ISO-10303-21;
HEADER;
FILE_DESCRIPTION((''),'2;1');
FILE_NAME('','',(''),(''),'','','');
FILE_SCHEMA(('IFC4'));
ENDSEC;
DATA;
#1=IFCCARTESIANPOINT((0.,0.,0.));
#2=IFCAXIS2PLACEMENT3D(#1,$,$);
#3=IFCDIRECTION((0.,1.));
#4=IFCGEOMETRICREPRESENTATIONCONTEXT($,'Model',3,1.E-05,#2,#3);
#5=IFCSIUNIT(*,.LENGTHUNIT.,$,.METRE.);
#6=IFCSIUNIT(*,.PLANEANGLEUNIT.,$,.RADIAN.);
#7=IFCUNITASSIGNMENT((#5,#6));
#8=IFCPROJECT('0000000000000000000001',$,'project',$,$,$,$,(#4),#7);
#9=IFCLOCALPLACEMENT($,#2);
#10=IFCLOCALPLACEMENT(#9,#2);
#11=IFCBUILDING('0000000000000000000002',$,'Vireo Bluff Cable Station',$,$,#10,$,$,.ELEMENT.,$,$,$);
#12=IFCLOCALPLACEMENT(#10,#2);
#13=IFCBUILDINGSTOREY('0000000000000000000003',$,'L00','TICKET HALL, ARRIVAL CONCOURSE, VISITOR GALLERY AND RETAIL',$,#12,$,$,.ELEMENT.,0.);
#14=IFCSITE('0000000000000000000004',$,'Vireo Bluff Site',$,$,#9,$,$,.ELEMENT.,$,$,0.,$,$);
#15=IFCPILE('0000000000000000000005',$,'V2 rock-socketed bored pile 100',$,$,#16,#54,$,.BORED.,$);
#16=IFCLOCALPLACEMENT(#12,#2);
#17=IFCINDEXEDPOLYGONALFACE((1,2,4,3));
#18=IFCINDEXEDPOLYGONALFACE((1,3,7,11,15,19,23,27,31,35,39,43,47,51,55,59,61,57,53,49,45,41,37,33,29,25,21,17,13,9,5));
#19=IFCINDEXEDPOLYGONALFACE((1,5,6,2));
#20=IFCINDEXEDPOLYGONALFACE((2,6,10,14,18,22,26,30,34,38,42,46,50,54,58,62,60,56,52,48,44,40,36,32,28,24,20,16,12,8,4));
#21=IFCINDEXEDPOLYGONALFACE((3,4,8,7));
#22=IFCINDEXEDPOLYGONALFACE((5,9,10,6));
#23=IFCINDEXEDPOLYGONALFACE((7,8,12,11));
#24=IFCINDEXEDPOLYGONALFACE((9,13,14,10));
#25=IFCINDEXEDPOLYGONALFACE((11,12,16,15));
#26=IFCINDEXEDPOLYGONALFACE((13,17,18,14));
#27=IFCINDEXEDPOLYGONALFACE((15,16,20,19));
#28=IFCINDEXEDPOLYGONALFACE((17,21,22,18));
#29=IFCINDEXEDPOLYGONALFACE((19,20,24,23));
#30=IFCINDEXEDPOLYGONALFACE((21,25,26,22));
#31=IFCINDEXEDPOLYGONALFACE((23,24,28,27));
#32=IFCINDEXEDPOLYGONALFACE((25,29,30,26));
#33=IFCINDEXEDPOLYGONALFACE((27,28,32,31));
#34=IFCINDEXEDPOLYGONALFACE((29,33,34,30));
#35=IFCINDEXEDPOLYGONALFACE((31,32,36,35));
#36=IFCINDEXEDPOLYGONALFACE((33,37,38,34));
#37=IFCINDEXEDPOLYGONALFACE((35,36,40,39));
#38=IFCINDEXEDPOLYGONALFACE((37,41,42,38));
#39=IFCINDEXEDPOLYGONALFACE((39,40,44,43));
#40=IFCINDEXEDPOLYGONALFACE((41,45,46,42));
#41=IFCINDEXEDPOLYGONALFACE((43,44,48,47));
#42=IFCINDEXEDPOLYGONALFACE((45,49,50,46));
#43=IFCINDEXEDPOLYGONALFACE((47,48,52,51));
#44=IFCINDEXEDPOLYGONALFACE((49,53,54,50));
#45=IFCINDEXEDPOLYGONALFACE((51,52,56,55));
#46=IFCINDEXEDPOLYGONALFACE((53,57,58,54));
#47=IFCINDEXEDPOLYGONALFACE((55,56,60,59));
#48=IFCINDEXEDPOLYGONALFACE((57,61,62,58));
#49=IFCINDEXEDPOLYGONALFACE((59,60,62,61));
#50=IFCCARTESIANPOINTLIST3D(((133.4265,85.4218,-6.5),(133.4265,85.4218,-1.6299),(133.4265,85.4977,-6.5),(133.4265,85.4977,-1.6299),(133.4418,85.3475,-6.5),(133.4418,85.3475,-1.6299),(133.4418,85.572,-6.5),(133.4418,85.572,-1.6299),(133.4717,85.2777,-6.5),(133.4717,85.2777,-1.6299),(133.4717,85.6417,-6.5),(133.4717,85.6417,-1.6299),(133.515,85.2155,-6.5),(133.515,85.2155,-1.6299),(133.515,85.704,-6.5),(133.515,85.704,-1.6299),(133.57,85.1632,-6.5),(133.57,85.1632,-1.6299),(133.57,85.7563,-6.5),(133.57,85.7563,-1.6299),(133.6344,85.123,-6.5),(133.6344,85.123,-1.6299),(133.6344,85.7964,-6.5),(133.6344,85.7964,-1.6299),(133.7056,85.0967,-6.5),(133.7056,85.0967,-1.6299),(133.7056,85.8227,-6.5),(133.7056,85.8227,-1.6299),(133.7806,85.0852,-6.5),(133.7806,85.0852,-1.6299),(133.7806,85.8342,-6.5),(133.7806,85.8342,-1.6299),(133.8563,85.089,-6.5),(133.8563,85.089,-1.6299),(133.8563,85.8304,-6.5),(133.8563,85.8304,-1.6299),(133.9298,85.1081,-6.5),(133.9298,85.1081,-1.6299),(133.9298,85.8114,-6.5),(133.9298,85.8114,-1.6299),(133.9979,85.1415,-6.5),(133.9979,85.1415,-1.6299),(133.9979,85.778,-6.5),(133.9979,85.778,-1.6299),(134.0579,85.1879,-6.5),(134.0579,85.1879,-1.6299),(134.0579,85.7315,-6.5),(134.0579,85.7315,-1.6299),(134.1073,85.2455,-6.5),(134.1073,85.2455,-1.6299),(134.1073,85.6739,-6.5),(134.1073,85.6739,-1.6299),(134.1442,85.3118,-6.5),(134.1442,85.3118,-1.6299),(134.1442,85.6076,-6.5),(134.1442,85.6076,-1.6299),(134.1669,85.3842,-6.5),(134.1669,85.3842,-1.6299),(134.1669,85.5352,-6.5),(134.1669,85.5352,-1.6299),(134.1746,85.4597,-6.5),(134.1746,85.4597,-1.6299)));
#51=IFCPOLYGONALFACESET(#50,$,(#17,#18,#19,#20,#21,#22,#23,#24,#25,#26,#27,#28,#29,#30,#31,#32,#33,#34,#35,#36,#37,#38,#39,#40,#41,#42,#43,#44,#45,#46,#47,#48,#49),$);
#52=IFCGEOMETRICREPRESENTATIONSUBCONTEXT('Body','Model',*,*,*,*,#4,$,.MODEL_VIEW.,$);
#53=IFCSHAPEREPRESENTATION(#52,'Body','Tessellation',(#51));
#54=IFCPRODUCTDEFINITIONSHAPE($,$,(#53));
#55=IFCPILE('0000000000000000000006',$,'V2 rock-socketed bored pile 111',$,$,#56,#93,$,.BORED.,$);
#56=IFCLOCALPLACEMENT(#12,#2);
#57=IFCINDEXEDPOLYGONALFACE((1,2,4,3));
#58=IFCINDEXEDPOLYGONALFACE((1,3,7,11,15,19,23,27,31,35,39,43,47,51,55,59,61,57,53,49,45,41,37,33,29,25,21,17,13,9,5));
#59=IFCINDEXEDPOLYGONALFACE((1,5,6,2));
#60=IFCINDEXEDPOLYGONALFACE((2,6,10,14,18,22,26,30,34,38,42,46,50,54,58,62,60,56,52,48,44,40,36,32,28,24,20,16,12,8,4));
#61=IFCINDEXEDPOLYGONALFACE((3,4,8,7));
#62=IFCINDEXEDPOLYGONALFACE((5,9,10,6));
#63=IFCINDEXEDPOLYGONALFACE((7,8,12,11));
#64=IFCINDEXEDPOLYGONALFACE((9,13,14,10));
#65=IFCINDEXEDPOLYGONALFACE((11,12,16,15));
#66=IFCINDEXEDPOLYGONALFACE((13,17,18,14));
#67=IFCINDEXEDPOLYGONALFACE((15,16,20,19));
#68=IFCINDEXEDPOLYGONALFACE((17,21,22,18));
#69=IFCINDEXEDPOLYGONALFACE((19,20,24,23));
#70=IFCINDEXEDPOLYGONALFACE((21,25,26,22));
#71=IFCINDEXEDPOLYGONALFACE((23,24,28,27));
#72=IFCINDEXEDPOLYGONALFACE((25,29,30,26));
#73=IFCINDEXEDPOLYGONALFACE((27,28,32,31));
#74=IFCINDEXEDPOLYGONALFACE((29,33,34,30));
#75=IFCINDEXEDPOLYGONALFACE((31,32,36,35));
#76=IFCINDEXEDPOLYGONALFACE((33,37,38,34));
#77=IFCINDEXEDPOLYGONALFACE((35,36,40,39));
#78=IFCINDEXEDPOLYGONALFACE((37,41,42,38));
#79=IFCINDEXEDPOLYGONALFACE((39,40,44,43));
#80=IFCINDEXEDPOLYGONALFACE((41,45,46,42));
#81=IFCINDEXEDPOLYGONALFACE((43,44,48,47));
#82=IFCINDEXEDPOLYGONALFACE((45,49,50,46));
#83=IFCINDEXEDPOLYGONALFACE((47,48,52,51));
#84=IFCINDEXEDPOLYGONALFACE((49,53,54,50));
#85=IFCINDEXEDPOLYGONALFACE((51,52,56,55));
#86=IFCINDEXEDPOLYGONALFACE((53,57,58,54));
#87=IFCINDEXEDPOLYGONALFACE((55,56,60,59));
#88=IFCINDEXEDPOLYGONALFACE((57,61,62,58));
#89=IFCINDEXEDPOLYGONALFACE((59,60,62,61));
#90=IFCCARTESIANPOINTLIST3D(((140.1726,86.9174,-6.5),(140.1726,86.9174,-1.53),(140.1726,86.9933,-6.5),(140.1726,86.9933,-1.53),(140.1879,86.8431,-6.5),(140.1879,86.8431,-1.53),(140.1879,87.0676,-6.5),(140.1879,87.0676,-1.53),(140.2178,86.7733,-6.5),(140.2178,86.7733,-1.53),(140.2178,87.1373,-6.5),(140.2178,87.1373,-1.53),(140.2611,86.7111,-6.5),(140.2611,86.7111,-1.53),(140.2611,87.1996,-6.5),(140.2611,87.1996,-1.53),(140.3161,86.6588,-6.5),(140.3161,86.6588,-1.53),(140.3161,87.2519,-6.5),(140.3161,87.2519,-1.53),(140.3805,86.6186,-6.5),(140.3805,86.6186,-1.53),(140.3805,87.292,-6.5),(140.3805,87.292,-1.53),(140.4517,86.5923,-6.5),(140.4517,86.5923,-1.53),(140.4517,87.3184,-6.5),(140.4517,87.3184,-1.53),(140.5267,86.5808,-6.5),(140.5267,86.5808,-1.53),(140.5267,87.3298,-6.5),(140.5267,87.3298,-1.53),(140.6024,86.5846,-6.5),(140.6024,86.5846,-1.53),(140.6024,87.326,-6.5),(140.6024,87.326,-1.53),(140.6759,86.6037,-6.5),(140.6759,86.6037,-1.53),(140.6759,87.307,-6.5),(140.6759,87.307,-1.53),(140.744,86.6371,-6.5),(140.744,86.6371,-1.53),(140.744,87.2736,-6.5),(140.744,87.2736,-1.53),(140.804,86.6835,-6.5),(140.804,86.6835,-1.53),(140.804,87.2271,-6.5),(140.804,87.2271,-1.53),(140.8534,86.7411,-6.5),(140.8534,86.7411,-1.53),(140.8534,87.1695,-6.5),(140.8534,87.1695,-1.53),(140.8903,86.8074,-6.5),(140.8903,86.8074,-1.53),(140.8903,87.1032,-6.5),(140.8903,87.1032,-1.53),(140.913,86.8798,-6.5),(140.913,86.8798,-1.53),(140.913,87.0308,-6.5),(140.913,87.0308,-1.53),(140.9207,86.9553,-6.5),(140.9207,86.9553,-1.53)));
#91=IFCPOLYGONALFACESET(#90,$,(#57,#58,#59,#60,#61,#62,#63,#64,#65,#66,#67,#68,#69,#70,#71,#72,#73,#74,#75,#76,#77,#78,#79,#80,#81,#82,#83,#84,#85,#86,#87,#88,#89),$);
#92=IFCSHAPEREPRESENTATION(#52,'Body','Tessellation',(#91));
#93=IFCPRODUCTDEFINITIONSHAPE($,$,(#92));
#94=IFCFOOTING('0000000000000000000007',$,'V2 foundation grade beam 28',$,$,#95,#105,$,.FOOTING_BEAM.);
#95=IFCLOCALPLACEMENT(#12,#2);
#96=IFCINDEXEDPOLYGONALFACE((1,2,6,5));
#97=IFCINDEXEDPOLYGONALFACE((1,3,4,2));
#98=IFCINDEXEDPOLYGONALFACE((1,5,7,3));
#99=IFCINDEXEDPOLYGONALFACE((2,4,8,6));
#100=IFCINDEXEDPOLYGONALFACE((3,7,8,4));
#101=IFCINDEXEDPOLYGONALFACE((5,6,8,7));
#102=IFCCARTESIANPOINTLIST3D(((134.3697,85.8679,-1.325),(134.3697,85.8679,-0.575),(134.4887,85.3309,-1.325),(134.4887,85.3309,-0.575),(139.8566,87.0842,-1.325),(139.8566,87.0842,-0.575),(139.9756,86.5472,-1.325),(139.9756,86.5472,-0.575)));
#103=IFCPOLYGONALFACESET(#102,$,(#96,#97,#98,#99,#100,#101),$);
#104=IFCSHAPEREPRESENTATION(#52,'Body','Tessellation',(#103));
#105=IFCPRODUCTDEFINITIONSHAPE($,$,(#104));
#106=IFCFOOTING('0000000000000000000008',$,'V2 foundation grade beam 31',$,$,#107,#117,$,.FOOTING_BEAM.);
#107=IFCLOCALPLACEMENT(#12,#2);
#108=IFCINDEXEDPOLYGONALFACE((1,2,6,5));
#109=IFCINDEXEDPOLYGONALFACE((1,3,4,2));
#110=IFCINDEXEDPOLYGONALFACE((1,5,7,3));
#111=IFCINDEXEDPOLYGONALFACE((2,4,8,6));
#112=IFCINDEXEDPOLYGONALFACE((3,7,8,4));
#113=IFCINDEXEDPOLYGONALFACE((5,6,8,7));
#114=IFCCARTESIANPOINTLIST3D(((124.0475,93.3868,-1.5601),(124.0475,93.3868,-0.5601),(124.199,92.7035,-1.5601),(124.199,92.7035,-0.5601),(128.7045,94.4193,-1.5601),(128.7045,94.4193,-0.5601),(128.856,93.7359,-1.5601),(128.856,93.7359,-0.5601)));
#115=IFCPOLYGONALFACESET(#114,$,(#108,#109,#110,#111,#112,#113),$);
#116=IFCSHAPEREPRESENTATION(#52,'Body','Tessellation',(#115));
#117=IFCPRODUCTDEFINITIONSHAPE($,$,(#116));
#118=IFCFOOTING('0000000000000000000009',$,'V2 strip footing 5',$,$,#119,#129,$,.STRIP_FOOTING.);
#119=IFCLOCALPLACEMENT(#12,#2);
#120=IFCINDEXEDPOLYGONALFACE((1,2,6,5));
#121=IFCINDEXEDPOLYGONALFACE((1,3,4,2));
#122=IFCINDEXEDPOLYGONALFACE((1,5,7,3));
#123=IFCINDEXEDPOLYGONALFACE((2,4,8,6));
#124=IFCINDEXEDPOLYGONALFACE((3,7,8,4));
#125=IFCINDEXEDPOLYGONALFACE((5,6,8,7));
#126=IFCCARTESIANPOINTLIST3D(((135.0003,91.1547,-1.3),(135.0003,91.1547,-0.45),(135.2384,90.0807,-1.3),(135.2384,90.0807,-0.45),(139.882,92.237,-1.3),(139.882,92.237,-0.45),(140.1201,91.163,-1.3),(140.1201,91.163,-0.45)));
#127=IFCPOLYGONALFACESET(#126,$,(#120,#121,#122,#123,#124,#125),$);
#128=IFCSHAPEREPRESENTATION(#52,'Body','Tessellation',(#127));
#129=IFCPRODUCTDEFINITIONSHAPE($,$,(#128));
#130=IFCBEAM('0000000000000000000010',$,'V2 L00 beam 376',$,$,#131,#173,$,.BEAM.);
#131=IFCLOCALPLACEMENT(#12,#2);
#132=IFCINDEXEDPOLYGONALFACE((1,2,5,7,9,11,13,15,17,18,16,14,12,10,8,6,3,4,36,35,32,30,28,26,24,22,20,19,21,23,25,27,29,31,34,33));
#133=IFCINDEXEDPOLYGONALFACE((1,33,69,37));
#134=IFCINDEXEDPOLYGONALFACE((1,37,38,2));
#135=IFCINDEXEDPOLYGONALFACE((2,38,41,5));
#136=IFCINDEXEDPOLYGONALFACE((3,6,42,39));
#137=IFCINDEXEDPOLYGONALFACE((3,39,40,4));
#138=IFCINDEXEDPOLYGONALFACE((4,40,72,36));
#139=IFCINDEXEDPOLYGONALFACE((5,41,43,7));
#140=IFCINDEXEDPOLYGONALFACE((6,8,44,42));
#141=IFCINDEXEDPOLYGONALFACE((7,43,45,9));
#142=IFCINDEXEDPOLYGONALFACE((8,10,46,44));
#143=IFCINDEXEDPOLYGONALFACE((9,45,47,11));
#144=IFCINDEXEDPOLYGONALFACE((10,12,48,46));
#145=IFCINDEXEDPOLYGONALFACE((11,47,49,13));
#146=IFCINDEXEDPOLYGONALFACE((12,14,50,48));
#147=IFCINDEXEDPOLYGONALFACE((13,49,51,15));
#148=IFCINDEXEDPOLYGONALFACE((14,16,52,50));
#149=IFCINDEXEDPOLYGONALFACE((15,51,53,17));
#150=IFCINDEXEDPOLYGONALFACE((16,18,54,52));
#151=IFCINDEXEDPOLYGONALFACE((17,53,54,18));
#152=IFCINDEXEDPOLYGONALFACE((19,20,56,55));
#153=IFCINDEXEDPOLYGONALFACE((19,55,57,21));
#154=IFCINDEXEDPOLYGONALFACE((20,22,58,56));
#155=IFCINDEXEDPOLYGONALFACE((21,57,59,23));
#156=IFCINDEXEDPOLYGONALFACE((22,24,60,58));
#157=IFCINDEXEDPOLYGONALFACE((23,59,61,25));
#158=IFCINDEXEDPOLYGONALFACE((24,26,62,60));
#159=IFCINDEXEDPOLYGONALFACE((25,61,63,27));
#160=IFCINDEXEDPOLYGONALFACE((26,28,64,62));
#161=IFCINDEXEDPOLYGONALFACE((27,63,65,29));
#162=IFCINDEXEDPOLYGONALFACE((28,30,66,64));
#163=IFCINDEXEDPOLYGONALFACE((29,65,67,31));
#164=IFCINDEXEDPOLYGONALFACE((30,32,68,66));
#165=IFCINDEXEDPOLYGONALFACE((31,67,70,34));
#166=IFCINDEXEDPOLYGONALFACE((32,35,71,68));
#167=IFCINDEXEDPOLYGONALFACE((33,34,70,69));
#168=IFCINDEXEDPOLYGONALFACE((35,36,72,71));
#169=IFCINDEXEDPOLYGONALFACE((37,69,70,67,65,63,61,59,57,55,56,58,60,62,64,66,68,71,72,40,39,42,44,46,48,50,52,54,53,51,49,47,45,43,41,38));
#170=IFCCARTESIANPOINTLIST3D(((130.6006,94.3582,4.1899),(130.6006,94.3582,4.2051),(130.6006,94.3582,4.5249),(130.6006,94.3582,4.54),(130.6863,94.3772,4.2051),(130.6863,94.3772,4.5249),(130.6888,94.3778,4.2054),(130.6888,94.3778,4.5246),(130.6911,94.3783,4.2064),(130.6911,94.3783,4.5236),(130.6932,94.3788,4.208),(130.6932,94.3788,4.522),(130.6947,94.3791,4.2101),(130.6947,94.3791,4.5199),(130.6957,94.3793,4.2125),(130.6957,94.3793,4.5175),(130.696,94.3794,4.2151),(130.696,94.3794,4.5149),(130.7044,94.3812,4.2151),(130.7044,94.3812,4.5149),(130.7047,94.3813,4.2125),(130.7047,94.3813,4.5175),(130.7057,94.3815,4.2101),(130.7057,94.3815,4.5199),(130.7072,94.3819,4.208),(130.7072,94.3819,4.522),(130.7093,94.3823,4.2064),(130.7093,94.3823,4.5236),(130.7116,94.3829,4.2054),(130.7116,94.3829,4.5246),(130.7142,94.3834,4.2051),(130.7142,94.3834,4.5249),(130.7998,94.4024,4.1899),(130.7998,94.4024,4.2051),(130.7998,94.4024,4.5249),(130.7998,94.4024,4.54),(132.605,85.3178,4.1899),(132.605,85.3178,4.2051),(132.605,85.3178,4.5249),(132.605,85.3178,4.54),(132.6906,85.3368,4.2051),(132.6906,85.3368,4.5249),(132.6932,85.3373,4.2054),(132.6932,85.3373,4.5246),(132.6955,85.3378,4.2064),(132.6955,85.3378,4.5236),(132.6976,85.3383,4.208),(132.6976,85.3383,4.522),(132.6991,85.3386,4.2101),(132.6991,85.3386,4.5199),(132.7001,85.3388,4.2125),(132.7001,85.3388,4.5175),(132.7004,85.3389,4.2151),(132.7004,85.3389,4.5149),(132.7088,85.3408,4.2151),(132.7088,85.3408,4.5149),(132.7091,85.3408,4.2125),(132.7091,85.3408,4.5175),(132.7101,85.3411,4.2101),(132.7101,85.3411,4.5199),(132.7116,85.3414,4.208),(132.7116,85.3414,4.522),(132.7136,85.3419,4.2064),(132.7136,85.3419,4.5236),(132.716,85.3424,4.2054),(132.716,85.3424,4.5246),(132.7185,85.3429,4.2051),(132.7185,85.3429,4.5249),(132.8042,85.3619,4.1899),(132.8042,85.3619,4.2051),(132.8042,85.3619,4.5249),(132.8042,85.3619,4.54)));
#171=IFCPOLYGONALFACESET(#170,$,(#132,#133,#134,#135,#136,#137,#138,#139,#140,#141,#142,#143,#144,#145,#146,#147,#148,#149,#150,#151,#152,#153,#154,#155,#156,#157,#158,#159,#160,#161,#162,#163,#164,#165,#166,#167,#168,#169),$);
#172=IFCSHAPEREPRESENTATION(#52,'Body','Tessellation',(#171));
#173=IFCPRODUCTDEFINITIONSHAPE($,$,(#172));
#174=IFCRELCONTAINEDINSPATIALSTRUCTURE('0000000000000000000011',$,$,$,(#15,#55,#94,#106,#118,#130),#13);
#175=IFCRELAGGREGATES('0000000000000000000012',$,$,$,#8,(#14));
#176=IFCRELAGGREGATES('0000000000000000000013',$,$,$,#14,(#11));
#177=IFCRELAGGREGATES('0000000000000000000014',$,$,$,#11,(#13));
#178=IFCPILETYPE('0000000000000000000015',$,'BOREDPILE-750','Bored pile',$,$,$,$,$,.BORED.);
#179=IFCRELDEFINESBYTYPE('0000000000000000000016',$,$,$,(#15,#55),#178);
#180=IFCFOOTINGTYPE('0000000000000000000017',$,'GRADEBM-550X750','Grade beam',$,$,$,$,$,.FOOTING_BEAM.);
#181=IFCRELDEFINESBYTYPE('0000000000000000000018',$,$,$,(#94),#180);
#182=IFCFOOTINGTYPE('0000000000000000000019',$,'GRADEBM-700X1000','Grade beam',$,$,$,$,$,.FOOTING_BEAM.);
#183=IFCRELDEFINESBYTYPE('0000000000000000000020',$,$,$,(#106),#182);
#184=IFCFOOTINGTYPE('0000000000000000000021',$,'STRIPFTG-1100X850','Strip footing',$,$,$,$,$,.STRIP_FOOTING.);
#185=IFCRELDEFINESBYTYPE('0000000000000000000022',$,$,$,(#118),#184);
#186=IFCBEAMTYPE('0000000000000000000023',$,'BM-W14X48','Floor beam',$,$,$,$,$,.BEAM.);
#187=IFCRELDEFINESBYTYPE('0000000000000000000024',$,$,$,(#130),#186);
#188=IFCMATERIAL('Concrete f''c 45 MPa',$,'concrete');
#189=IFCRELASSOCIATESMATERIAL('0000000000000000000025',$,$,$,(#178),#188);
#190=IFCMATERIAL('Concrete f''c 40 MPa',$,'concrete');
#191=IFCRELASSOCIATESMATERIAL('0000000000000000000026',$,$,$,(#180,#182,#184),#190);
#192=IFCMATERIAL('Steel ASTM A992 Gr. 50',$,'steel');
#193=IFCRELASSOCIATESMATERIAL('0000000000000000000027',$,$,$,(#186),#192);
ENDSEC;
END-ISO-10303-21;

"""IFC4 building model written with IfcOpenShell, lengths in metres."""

from ifc_helpers import new_model, si_unit, direction, frame, origin, origin_2d, place, context, subcontext, project, spatial, rectangle, circle, i_section, extrude, material, material_profile, profile_set, type_object, element, save


model = new_model("IFC4")

# Units and contexts
model_context = context("Model", 3, precision=1e-05, world=origin(), true_north=direction((0.0, 1.0)))
body_context = subcontext(model_context, "Body", "Model", "MODEL_VIEW")
ifc_project = project(units=[si_unit("LENGTHUNIT", "METRE"), si_unit("PLANEANGLEUNIT", "RADIAN")], contexts=[model_context])

# Site, building, storey
site_placement = place(None, origin())
site = spatial("IfcSite", under=ifc_project, at=site_placement, Name="Vireo Bluff Site", CompositionType="ELEMENT", RefElevation=0.0)
building_placement = place(site_placement, origin())
building = spatial("IfcBuilding", under=site, at=building_placement, Name="Vireo Bluff Cable Station", CompositionType="ELEMENT")
storey_placement = place(building_placement, origin())
storey = spatial("IfcBuildingStorey", under=building, at=storey_placement, Name="L00", Description="TICKET HALL, ARRIVAL CONCOURSE, VISITOR GALLERY AND RETAIL", CompositionType="ELEMENT", Elevation=0.0)

# Piles
ifc_material_1 = material(Name="Concrete f'c 45 MPa", Category="concrete")
ifc_material_profile_1 = material_profile(ifc_material_1, circle(Radius=0.375, at=origin_2d()), Name="BOREDPILE-750")
ifc_profile_set_1 = profile_set([ifc_material_profile_1], Name="Concrete f'c 45 MPa")
pile_type = type_object("IfcPileType", Name="BOREDPILE-750", Description="Bored pile", PredefinedType="BORED", material=ifc_profile_set_1)
pile_1_placement = place(storey_placement, frame((133.7996, 85.4597, -1.6299), z_axis=(0.0, 0.0, -1.0), x_axis=(1.0, 0.0, 0.0)))
element("IfcPile", 1, at=pile_1_placement, inside=storey, type_object=pile_type, Name="V2 rock-socketed bored pile 100", PredefinedType="BORED", context=body_context, shape_type="SweptSolid", body=[
    extrude(circle(Radius=0.375, at=origin_2d()), origin(), (0.0, 0.0, 1.0), 4.8701),
])
pile_2_placement = place(storey_placement, frame((140.5457, 86.9553, -1.53), z_axis=(0.0, 0.0, -1.0), x_axis=(1.0, 0.0, 0.0)))
element("IfcPile", 2, at=pile_2_placement, inside=storey, type_object=pile_type, Name="V2 rock-socketed bored pile 111", PredefinedType="BORED", context=body_context, shape_type="SweptSolid", body=[
    extrude(circle(Radius=0.375, at=origin_2d()), origin(), (0.0, 0.0, 1.0), 4.97),
])

# Footings
ifc_material_2 = material(Name="Concrete f'c 40 MPa", Category="concrete")
ifc_material_profile_2 = material_profile(ifc_material_2, rectangle(XDim=0.55, YDim=0.75, at=origin_2d()), Name="GRADEBM-550X750")
ifc_profile_set_2 = profile_set([ifc_material_profile_2], Name="Concrete f'c 40 MPa")
footing_type_1 = type_object("IfcFootingType", Name="GRADEBM-550X750", Description="Grade beam", PredefinedType="FOOTING_BEAM", material=ifc_profile_set_2)
footing_1_placement = place(storey_placement, frame((134.4292, 85.5994, -0.95), z_axis=(0.976299, 0.216424, 0.0), x_axis=(-0.216424, 0.976299, 0.0)))
element("IfcFooting", 3, at=footing_1_placement, inside=storey, type_object=footing_type_1, Name="V2 foundation grade beam 28", PredefinedType="FOOTING_BEAM", context=body_context, shape_type="SweptSolid", body=[
    extrude(rectangle(XDim=0.55, YDim=0.75, at=origin_2d()), origin(), (0.0, 0.0, 1.0), 5.6201),
])
ifc_material_profile_3 = material_profile(ifc_material_2, rectangle(XDim=0.7, YDim=1.0, at=origin_2d()), Name="GRADEBM-700X1000")
ifc_profile_set_3 = profile_set([ifc_material_profile_3], Name="Concrete f'c 40 MPa")
footing_type_2 = type_object("IfcFootingType", Name="GRADEBM-700X1000", Description="Grade beam", PredefinedType="FOOTING_BEAM", material=ifc_profile_set_3)
footing_2_placement = place(storey_placement, frame((124.1233, 93.0452, -1.0601), z_axis=(0.976294, 0.216448, 0.0), x_axis=(-0.216448, 0.976294, 0.0)))
element("IfcFooting", 4, at=footing_2_placement, inside=storey, type_object=footing_type_2, Name="V2 foundation grade beam 31", PredefinedType="FOOTING_BEAM", context=body_context, shape_type="SweptSolid", body=[
    extrude(rectangle(XDim=0.7, YDim=1.0, at=origin_2d()), origin(), (0.0, 0.0, 1.0), 4.77),
])
ifc_material_profile_4 = material_profile(ifc_material_2, rectangle(XDim=1.1001, YDim=0.8501, at=origin_2d()), Name="STRIPFTG-1100X850")
ifc_profile_set_4 = profile_set([ifc_material_profile_4], Name="Concrete f'c 40 MPa")
footing_type_3 = type_object("IfcFootingType", Name="STRIPFTG-1100X850", Description="Strip footing", PredefinedType="STRIP_FOOTING", material=ifc_profile_set_4)
footing_3_placement = place(storey_placement, frame((135.1194, 90.6177, -0.875), z_axis=(0.976294, 0.21645, 0.0), x_axis=(-0.21645, 0.976294, 0.0)))
element("IfcFooting", 5, at=footing_3_placement, inside=storey, type_object=footing_type_3, Name="V2 strip footing 5", PredefinedType="STRIP_FOOTING", context=body_context, shape_type="SweptSolid", body=[
    extrude(rectangle(XDim=1.1001, YDim=0.8501, at=origin_2d()), origin(), (0.0, 0.0, 1.0), 5.0002),
])

# Beam
ifc_material_3 = material(Name="Steel ASTM A992 Gr. 50", Category="steel")
ifc_material_profile_5 = material_profile(ifc_material_3, i_section(OverallWidth=0.2041, OverallDepth=0.3501, WebThickness=0.0085, FlangeThickness=0.0151, FilletRadius=0.01, at=origin_2d()), Name="W14X48")
ifc_profile_set_5 = profile_set([ifc_material_profile_5], Name="Steel ASTM A992 Gr. 50")
beam_type_1 = type_object("IfcBeamType", Name="BM-W14X48", Description="Floor beam", PredefinedType="BEAM", material=ifc_profile_set_5)
beam_1_placement = place(storey_placement, frame((132.7046, 85.3398, 4.365), z_axis=(-0.216456, 0.976292, 0.0), x_axis=(-0.976292, -0.216456, 0.0)))
element("IfcBeam", 6, at=beam_1_placement, inside=storey, type_object=beam_type_1, Name="V2 L00 beam 376", PredefinedType="BEAM", context=body_context, shape_type="SweptSolid", body=[
    extrude(i_section(OverallWidth=0.2041, OverallDepth=0.3501, WebThickness=0.0085, FlangeThickness=0.0151, FilletRadius=0.01, at=origin_2d()), origin(), (0.0, 0.0, 1.0), 9.26),
])

save(model, "model.ifc")
